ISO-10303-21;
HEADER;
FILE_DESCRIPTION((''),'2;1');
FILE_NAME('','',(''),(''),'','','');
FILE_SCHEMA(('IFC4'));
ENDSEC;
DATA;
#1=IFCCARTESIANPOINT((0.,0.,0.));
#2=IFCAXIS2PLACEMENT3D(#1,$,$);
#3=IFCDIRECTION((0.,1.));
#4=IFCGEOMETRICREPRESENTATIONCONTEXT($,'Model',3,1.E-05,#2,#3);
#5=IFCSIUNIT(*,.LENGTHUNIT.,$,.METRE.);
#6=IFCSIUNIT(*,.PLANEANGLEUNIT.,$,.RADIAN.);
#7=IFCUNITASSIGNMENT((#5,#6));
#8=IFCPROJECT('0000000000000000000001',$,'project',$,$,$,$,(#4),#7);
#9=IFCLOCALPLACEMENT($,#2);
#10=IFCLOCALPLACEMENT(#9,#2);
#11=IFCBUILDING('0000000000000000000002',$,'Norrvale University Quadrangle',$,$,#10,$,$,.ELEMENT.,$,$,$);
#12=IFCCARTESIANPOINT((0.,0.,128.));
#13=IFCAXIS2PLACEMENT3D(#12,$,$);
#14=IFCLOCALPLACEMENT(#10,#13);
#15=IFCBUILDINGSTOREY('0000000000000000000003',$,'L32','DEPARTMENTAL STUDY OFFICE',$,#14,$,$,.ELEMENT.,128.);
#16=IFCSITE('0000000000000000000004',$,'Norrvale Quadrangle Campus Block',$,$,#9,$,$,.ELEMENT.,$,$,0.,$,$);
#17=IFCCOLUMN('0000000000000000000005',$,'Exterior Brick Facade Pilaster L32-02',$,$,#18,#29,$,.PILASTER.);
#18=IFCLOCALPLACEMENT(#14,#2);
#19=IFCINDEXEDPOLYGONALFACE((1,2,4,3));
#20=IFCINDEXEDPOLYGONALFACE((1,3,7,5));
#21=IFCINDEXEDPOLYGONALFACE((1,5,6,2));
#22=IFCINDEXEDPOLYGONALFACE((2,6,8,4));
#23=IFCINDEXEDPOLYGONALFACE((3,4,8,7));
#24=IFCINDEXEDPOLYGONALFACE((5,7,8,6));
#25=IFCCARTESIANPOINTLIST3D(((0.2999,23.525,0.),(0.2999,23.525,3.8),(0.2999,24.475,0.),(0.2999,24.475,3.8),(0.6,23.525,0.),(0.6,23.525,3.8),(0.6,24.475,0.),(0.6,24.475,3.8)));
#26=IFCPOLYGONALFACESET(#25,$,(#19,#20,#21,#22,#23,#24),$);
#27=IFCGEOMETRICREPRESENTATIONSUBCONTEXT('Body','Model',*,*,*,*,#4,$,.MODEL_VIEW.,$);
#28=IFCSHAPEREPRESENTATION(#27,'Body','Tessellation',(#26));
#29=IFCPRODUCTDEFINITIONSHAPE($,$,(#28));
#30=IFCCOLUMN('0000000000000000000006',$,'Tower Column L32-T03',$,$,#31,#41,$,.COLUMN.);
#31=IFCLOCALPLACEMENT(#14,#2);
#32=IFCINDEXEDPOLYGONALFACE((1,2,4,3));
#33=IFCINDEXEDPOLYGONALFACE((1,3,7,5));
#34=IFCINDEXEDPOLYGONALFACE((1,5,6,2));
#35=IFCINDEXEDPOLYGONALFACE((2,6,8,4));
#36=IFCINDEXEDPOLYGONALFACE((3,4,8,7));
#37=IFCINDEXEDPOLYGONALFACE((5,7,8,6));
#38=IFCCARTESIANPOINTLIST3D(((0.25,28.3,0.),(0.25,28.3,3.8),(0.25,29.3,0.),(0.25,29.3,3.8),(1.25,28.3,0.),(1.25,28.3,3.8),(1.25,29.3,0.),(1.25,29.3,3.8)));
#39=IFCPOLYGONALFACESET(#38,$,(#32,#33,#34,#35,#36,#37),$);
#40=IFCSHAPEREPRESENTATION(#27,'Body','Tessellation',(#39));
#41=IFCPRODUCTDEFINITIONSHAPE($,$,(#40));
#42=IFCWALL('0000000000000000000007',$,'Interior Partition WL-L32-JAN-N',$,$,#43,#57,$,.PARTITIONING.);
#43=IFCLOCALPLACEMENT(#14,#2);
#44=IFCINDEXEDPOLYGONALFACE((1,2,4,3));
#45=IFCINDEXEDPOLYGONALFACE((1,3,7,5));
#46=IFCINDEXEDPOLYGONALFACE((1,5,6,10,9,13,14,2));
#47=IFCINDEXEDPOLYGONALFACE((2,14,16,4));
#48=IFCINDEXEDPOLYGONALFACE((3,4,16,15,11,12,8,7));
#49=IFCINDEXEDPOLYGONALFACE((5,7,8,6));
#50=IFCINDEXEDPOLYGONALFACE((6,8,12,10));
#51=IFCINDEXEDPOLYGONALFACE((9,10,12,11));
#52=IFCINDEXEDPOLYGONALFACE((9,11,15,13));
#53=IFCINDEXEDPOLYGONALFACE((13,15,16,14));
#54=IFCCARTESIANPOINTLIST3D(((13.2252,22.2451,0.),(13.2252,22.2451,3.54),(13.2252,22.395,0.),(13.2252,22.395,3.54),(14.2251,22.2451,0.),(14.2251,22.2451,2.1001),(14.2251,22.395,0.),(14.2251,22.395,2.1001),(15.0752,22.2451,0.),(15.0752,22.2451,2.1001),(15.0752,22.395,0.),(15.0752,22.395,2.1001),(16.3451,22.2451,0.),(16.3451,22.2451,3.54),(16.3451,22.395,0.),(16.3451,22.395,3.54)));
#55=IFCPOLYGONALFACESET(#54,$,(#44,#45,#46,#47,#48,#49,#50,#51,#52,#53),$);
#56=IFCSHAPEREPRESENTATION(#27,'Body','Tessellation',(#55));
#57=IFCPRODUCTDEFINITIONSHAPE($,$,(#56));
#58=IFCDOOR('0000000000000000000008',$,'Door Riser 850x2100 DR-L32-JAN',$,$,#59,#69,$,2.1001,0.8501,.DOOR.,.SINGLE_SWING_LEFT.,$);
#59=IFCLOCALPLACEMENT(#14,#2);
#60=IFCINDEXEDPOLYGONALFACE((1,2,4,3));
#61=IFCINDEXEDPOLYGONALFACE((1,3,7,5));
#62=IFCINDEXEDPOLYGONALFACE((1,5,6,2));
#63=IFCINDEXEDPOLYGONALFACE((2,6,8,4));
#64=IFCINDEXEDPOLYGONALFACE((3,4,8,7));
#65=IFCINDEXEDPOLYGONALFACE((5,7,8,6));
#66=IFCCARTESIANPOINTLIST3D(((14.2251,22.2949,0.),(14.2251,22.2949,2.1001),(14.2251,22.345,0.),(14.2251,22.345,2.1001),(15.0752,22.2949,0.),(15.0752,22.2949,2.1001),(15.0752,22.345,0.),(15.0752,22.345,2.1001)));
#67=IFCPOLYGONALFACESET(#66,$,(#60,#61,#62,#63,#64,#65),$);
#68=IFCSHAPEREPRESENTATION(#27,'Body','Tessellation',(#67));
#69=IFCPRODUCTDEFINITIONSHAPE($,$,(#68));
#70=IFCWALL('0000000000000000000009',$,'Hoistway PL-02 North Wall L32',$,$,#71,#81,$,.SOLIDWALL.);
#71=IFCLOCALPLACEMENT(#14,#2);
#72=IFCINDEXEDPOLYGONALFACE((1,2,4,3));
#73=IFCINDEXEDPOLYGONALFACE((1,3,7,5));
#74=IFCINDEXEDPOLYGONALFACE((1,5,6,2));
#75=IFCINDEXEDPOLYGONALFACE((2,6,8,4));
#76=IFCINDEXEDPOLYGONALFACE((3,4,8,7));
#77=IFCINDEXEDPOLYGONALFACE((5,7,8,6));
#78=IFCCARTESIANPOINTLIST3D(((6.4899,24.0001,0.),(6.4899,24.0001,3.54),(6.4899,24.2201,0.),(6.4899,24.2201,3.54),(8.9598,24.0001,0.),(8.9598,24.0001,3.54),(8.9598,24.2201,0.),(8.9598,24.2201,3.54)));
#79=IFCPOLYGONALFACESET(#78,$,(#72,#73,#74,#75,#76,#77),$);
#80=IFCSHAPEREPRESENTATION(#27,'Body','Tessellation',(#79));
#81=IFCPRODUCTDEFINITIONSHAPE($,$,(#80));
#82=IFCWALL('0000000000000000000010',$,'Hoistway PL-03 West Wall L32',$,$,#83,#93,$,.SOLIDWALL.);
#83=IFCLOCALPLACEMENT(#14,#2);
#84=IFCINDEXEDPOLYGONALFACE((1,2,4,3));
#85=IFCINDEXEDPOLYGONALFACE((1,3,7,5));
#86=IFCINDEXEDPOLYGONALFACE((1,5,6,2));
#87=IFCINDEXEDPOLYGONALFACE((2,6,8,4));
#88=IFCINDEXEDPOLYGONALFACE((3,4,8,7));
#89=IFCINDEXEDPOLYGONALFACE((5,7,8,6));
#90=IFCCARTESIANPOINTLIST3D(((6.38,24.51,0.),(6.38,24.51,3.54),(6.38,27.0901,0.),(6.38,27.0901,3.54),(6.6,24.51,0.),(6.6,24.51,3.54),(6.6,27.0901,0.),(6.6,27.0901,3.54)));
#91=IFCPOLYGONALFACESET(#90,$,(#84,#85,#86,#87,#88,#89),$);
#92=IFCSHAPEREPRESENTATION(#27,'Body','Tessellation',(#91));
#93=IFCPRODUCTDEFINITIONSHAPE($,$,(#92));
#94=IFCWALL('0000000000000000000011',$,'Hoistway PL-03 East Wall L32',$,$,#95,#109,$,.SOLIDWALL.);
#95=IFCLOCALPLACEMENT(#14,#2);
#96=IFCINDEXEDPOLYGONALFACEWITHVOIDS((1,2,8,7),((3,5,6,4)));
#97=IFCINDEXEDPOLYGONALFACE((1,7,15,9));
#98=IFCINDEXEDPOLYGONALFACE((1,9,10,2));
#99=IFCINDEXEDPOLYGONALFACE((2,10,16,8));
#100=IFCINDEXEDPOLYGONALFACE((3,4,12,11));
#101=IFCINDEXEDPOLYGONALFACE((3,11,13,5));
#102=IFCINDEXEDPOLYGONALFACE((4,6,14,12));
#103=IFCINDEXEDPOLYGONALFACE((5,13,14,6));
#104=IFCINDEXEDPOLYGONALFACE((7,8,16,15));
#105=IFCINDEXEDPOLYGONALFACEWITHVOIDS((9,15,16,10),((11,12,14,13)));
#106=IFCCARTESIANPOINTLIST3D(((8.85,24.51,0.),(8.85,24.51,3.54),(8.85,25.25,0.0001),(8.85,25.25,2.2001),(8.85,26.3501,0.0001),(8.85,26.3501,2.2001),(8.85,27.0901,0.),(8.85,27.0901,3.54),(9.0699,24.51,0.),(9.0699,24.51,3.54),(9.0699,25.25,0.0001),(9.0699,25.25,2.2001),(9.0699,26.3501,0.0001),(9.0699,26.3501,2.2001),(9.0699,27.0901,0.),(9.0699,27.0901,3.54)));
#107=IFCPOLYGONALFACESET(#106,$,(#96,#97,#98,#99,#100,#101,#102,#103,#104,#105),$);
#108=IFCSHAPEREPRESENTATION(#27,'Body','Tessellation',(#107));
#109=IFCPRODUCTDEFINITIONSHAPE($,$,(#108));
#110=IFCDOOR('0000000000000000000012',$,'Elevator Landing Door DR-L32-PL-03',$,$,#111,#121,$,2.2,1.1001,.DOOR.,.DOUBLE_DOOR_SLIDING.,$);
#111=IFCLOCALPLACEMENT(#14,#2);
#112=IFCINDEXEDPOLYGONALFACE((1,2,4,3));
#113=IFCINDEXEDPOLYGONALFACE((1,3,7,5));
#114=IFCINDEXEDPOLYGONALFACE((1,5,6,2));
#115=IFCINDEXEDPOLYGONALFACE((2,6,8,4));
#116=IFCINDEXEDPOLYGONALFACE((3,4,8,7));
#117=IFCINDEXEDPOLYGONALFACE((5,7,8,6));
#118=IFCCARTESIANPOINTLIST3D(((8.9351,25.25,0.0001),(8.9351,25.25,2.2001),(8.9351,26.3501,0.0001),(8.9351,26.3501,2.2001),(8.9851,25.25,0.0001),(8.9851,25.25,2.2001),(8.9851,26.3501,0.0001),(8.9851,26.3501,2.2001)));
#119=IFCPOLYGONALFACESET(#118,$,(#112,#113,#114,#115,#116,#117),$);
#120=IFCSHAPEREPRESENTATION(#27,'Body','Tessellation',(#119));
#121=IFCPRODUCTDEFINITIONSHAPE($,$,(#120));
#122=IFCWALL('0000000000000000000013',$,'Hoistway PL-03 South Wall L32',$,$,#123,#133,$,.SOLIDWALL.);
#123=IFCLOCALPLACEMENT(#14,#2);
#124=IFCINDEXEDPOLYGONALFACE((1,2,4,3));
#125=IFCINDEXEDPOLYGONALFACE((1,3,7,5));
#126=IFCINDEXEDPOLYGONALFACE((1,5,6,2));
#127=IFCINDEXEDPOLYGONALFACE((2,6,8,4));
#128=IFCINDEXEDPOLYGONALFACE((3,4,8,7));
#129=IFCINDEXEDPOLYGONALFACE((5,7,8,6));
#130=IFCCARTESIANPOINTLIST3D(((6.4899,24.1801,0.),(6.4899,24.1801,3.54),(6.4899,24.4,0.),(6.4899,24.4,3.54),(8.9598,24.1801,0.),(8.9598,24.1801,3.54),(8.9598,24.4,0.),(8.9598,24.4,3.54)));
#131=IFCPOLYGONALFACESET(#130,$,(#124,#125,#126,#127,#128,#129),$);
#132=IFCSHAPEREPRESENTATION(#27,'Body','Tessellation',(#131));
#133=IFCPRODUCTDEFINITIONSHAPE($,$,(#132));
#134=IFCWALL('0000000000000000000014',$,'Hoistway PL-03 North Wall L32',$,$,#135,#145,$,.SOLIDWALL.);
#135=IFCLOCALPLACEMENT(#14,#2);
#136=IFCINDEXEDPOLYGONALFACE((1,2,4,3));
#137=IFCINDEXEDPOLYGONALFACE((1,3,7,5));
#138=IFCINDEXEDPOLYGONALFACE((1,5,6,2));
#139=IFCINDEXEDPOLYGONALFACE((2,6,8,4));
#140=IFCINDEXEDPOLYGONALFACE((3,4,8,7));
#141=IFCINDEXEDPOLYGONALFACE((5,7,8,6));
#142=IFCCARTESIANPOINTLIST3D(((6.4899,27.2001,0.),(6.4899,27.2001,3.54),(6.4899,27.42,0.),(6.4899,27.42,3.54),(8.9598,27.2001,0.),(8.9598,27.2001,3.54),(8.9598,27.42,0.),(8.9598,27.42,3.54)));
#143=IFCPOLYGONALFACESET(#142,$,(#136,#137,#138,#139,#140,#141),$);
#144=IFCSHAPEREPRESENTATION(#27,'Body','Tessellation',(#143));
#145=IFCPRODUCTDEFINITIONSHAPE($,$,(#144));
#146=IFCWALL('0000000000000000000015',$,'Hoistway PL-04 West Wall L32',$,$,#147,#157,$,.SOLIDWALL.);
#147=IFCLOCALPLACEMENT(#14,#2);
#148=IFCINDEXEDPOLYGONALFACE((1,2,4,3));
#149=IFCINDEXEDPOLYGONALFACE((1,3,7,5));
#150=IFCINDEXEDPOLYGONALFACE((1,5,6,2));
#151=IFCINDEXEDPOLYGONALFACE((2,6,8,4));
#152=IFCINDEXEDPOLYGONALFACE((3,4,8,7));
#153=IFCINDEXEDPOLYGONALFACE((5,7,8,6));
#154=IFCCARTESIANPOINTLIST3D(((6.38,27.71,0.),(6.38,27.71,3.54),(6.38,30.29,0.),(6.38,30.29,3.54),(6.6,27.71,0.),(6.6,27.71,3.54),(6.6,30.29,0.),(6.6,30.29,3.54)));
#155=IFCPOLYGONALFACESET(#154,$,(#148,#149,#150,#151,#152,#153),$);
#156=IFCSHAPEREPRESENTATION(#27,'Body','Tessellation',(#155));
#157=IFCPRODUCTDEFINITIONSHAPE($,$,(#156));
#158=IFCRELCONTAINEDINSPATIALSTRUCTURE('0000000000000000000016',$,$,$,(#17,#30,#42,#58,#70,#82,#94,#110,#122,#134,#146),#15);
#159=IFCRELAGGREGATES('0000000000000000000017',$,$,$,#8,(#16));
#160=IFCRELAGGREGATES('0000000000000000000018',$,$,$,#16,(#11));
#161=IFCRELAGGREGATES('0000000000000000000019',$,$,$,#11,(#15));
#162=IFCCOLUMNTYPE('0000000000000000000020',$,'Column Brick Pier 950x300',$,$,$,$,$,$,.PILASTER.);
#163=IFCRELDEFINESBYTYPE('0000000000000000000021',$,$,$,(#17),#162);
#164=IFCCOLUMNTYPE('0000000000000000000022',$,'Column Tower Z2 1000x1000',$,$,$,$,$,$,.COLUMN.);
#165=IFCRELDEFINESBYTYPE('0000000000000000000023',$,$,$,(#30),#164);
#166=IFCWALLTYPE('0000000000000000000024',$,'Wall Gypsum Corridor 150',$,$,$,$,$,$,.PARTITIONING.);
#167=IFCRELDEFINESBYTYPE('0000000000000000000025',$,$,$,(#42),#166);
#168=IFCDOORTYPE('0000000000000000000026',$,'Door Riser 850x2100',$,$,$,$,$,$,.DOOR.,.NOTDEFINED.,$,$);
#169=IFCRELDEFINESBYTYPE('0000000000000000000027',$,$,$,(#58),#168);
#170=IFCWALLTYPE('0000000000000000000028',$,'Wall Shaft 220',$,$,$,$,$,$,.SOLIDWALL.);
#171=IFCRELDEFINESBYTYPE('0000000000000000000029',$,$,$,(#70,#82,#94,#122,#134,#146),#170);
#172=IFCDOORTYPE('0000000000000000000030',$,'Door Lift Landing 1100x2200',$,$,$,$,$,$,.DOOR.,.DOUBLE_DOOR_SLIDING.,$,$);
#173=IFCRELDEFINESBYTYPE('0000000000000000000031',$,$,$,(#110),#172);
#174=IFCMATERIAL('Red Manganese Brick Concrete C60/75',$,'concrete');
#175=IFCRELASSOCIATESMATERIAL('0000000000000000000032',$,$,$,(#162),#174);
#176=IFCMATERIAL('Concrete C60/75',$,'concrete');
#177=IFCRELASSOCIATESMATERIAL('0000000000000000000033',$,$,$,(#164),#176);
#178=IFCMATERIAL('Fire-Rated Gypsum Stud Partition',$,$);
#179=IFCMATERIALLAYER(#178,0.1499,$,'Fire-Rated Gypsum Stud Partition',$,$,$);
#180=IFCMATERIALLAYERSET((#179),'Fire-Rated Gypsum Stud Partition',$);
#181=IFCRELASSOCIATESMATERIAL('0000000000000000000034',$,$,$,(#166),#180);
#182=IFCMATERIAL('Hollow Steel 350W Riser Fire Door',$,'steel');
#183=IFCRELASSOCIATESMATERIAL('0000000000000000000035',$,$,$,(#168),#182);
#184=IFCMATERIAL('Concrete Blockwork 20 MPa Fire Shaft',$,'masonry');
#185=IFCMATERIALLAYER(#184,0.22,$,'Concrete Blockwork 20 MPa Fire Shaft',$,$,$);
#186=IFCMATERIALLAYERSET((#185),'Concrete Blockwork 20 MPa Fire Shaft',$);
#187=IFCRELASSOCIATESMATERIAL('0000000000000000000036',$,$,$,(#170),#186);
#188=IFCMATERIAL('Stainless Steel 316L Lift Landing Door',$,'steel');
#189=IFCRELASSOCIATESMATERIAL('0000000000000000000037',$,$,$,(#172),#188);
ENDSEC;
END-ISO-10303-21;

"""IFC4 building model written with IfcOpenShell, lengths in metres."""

from ifc_helpers import new_model, si_unit, direction, frame, frame_2d, origin, origin_2d, place, context, subcontext, project, spatial, rectangle, extrude, material, layer, layer_set, material_profile, profile_set, type_object, element, fill, save


model = new_model("IFC4")

# Units and contexts
model_context = context("Model", 3, precision=1e-05, world=origin(), true_north=direction((0.0, 1.0)))
body_context = subcontext(model_context, "Body", "Model", "MODEL_VIEW")
ifc_project = project(units=[si_unit("LENGTHUNIT", "METRE"), si_unit("PLANEANGLEUNIT", "RADIAN")], contexts=[model_context])

# Site, building, storey
site_placement = place(None, origin())
site = spatial("IfcSite", under=ifc_project, at=site_placement, Name="Norrvale Quadrangle Campus Block", CompositionType="ELEMENT", RefElevation=0.0)
building_placement = place(site_placement, origin())
building = spatial("IfcBuilding", under=site, at=building_placement, Name="Norrvale University Quadrangle", CompositionType="ELEMENT")
storey_placement = place(building_placement, frame((0.0, 0.0, 128.0)))
storey = spatial("IfcBuildingStorey", under=building, at=storey_placement, Name="L32", Description="DEPARTMENTAL STUDY OFFICE", CompositionType="ELEMENT", Elevation=128.0)

# Columns
ifc_material_1 = material(Name="Red Manganese Brick Concrete C60/75", Category="concrete")
ifc_material_profile_1 = material_profile(ifc_material_1, rectangle(XDim=0.95, YDim=0.3, at=origin_2d()), Name="Red Manganese Brick Concrete C60/75")
ifc_profile_set_1 = profile_set([ifc_material_profile_1], Name="Red Manganese Brick Concrete C60/75")
column_type_1 = type_object("IfcColumnType", Name="Column Brick Pier 950x300", PredefinedType="PILASTER", material=ifc_profile_set_1)
column_1_placement = place(storey_placement, frame((0.45, 24.0, 0.0), z_axis=(0.0, 0.0, 1.0), x_axis=(0.0, 1.0, 0.0)))
element("IfcColumn", 1, at=column_1_placement, inside=storey, type_object=column_type_1, Name="Exterior Brick Facade Pilaster L32-02", PredefinedType="PILASTER", context=body_context, shape_type="SweptSolid", body=[
    extrude(rectangle(XDim=0.95, YDim=0.3, at=origin_2d()), origin(), (0.0, 0.0, 1.0), 3.8),
])
ifc_material_2 = material(Name="Concrete C60/75", Category="concrete")
ifc_material_profile_2 = material_profile(ifc_material_2, rectangle(XDim=1.0, YDim=1.0, at=origin_2d()), Name="Concrete C60/75")
ifc_profile_set_2 = profile_set([ifc_material_profile_2], Name="Concrete C60/75")
column_type_2 = type_object("IfcColumnType", Name="Column Tower Z2 1000x1000", PredefinedType="COLUMN", material=ifc_profile_set_2)
column_2_placement = place(storey_placement, frame((0.75, 28.8, 0.0), z_axis=(0.0, 0.0, 1.0), x_axis=(1.0, 0.0, 0.0)))
element("IfcColumn", 2, at=column_2_placement, inside=storey, type_object=column_type_2, Name="Tower Column L32-T03", PredefinedType="COLUMN", context=body_context, shape_type="SweptSolid", body=[
    extrude(rectangle(XDim=1.0, YDim=1.0, at=origin_2d()), origin(), (0.0, 0.0, 1.0), 3.8),
])

# Wall, opening, door
ifc_material_3 = material(Name="Fire-Rated Gypsum Stud Partition")
ifc_layer_1 = layer(ifc_material_3, 0.1499, Name="Fire-Rated Gypsum Stud Partition")
ifc_layer_set_1 = layer_set([ifc_layer_1], Name="Fire-Rated Gypsum Stud Partition")
wall_type_1 = type_object("IfcWallType", Name="Wall Gypsum Corridor 150", PredefinedType="PARTITIONING", material=ifc_layer_set_1)
wall_1_placement = place(storey_placement, frame((13.2251, 22.3201, 0.0), z_axis=(0.0, 0.0, 1.0), x_axis=(1.0, 0.0, 0.0)))
wall_1 = element("IfcWall", 3, at=wall_1_placement, inside=storey, type_object=wall_type_1, Name="Interior Partition WL-L32-JAN-N", PredefinedType="PARTITIONING", context=body_context, shape_type="SweptSolid", body=[
    extrude(rectangle(XDim=3.1199, YDim=0.1499, at=frame_2d((1.5601, 0.0))), origin(), (0.0, 0.0, 1.0), 3.54),
])
opening_1_placement = place(wall_1_placement, frame((1.0, 0.0, 0.0)))
opening_1 = element("IfcOpeningElement", 4, at=opening_1_placement, cuts=wall_1, PredefinedType="OPENING", context=body_context, shape_type="SweptSolid", body=[
    extrude(rectangle(XDim=0.8501, YDim=2.1001, at=frame_2d((0.425, 1.05))), frame((0.0, 0.0869, 0.0), z_axis=(0.0, -1.0, 0.0), x_axis=(1.0, 0.0, 0.0)), (0.0, 0.0, 1.0), 0.1738),
])
ifc_material_4 = material(Name="Hollow Steel 350W Riser Fire Door", Category="steel")
door_type_1 = type_object("IfcDoorType", Name="Door Riser 850x2100", OperationType="NOTDEFINED", PredefinedType="DOOR", material=ifc_material_4)
door_1_placement = place(opening_1_placement, origin())
door_1 = element("IfcDoor", 5, at=door_1_placement, inside=storey, type_object=door_type_1, Name="Door Riser 850x2100 DR-L32-JAN", OperationType="SINGLE_SWING_LEFT", OverallHeight=2.1001, OverallWidth=0.8501, PredefinedType="DOOR", context=body_context, shape_type="SweptSolid", body=[
    extrude(rectangle(XDim=0.8501, YDim=2.1001, at=frame_2d((0.425, 1.05))), frame((0.0, 0.0249, 0.0), z_axis=(0.0, -1.0, 0.0), x_axis=(1.0, 0.0, 0.0)), (0.0, 0.0, 1.0), 0.05),
])
fill(opening_1, door_1)

# Walls
ifc_material_5 = material(Name="Concrete Blockwork 20 MPa Fire Shaft", Category="masonry")
ifc_layer_2 = layer(ifc_material_5, 0.22, Name="Concrete Blockwork 20 MPa Fire Shaft")
ifc_layer_set_2 = layer_set([ifc_layer_2], Name="Concrete Blockwork 20 MPa Fire Shaft")
wall_type_2 = type_object("IfcWallType", Name="Wall Shaft 220", PredefinedType="SOLIDWALL", material=ifc_layer_set_2)
wall_2_placement = place(storey_placement, frame((6.49, 24.1101, 0.0), z_axis=(0.0, 0.0, 1.0), x_axis=(1.0, 0.0, 0.0)))
element("IfcWall", 6, at=wall_2_placement, inside=storey, type_object=wall_type_2, Name="Hoistway PL-02 North Wall L32", PredefinedType="SOLIDWALL", context=body_context, shape_type="SweptSolid", body=[
    extrude(rectangle(XDim=2.47, YDim=0.22, at=frame_2d((1.2349, 0.0))), origin(), (0.0, 0.0, 1.0), 3.54),
])
wall_3_placement = place(storey_placement, frame((6.49, 24.51, 0.0), z_axis=(0.0, 0.0, 1.0), x_axis=(0.0, 1.0, 0.0)))
element("IfcWall", 7, at=wall_3_placement, inside=storey, type_object=wall_type_2, Name="Hoistway PL-03 West Wall L32", PredefinedType="SOLIDWALL", context=body_context, shape_type="SweptSolid", body=[
    extrude(rectangle(XDim=2.5801, YDim=0.22, at=frame_2d((1.29, 0.0))), origin(), (0.0, 0.0, 1.0), 3.54),
])

# Wall, opening, door
wall_4_placement = place(storey_placement, frame((8.96, 24.51, 0.0), z_axis=(0.0, 0.0, 1.0), x_axis=(0.0, 1.0, 0.0)))
wall_4 = element("IfcWall", 8, at=wall_4_placement, inside=storey, type_object=wall_type_2, Name="Hoistway PL-03 East Wall L32", PredefinedType="SOLIDWALL", context=body_context, shape_type="SweptSolid", body=[
    extrude(rectangle(XDim=2.5801, YDim=0.22, at=frame_2d((1.29, 0.0))), origin(), (0.0, 0.0, 1.0), 3.54),
])
opening_2_placement = place(wall_4_placement, frame((0.74, 0.0, 0.0)))
opening_2 = element("IfcOpeningElement", 9, at=opening_2_placement, cuts=wall_4, PredefinedType="OPENING", context=body_context, shape_type="SweptSolid", body=[
    extrude(rectangle(XDim=1.1001, YDim=2.2, at=frame_2d((0.55, 1.1001))), frame((0.0, 0.1221, 0.0), z_axis=(0.0, -1.0, 0.0), x_axis=(1.0, 0.0, 0.0)), (0.0, 0.0, 1.0), 0.2439),
])
ifc_material_6 = material(Name="Stainless Steel 316L Lift Landing Door", Category="steel")
door_type_2 = type_object("IfcDoorType", Name="Door Lift Landing 1100x2200", OperationType="DOUBLE_DOOR_SLIDING", PredefinedType="DOOR", material=ifc_material_6)
door_2_placement = place(opening_2_placement, origin())
door_2 = element("IfcDoor", 10, at=door_2_placement, inside=storey, type_object=door_type_2, Name="Elevator Landing Door DR-L32-PL-03", OperationType="DOUBLE_DOOR_SLIDING", OverallHeight=2.2, OverallWidth=1.1001, PredefinedType="DOOR", context=body_context, shape_type="SweptSolid", body=[
    extrude(rectangle(XDim=1.1001, YDim=2.2, at=frame_2d((0.55, 1.1001))), frame((0.0, 0.0249, 0.0), z_axis=(0.0, -1.0, 0.0), x_axis=(1.0, 0.0, 0.0)), (0.0, 0.0, 1.0), 0.05),
])
fill(opening_2, door_2)

# Walls
for number, where, z_axis, x_axis, name in (
    (11, (6.49, 24.29, 0.0), (0.0, 0.0, 1.0), (1.0, 0.0, 0.0), "Hoistway PL-03 South Wall L32"),
    (12, (6.49, 27.3101, 0.0), (0.0, 0.0, 1.0), (1.0, 0.0, 0.0), "Hoistway PL-03 North Wall L32"),
):
    element("IfcWall", number, at=place(storey_placement, frame(where, z_axis=z_axis, x_axis=x_axis)), inside=storey, type_object=wall_type_2, Name=name, PredefinedType="SOLIDWALL", context=body_context, shape_type="SweptSolid", body=[
        extrude(rectangle(XDim=2.47, YDim=0.22, at=frame_2d((1.2349, 0.0))), origin(), (0.0, 0.0, 1.0), 3.54),
    ])
wall_5_placement = place(storey_placement, frame((6.49, 27.71, 0.0), z_axis=(0.0, 0.0, 1.0), x_axis=(0.0, 1.0, 0.0)))
element("IfcWall", 13, at=wall_5_placement, inside=storey, type_object=wall_type_2, Name="Hoistway PL-04 West Wall L32", PredefinedType="SOLIDWALL", context=body_context, shape_type="SweptSolid", body=[
    extrude(rectangle(XDim=2.5801, YDim=0.22, at=frame_2d((1.29, 0.0))), origin(), (0.0, 0.0, 1.0), 3.54),
])

save(model, "model.ifc")
